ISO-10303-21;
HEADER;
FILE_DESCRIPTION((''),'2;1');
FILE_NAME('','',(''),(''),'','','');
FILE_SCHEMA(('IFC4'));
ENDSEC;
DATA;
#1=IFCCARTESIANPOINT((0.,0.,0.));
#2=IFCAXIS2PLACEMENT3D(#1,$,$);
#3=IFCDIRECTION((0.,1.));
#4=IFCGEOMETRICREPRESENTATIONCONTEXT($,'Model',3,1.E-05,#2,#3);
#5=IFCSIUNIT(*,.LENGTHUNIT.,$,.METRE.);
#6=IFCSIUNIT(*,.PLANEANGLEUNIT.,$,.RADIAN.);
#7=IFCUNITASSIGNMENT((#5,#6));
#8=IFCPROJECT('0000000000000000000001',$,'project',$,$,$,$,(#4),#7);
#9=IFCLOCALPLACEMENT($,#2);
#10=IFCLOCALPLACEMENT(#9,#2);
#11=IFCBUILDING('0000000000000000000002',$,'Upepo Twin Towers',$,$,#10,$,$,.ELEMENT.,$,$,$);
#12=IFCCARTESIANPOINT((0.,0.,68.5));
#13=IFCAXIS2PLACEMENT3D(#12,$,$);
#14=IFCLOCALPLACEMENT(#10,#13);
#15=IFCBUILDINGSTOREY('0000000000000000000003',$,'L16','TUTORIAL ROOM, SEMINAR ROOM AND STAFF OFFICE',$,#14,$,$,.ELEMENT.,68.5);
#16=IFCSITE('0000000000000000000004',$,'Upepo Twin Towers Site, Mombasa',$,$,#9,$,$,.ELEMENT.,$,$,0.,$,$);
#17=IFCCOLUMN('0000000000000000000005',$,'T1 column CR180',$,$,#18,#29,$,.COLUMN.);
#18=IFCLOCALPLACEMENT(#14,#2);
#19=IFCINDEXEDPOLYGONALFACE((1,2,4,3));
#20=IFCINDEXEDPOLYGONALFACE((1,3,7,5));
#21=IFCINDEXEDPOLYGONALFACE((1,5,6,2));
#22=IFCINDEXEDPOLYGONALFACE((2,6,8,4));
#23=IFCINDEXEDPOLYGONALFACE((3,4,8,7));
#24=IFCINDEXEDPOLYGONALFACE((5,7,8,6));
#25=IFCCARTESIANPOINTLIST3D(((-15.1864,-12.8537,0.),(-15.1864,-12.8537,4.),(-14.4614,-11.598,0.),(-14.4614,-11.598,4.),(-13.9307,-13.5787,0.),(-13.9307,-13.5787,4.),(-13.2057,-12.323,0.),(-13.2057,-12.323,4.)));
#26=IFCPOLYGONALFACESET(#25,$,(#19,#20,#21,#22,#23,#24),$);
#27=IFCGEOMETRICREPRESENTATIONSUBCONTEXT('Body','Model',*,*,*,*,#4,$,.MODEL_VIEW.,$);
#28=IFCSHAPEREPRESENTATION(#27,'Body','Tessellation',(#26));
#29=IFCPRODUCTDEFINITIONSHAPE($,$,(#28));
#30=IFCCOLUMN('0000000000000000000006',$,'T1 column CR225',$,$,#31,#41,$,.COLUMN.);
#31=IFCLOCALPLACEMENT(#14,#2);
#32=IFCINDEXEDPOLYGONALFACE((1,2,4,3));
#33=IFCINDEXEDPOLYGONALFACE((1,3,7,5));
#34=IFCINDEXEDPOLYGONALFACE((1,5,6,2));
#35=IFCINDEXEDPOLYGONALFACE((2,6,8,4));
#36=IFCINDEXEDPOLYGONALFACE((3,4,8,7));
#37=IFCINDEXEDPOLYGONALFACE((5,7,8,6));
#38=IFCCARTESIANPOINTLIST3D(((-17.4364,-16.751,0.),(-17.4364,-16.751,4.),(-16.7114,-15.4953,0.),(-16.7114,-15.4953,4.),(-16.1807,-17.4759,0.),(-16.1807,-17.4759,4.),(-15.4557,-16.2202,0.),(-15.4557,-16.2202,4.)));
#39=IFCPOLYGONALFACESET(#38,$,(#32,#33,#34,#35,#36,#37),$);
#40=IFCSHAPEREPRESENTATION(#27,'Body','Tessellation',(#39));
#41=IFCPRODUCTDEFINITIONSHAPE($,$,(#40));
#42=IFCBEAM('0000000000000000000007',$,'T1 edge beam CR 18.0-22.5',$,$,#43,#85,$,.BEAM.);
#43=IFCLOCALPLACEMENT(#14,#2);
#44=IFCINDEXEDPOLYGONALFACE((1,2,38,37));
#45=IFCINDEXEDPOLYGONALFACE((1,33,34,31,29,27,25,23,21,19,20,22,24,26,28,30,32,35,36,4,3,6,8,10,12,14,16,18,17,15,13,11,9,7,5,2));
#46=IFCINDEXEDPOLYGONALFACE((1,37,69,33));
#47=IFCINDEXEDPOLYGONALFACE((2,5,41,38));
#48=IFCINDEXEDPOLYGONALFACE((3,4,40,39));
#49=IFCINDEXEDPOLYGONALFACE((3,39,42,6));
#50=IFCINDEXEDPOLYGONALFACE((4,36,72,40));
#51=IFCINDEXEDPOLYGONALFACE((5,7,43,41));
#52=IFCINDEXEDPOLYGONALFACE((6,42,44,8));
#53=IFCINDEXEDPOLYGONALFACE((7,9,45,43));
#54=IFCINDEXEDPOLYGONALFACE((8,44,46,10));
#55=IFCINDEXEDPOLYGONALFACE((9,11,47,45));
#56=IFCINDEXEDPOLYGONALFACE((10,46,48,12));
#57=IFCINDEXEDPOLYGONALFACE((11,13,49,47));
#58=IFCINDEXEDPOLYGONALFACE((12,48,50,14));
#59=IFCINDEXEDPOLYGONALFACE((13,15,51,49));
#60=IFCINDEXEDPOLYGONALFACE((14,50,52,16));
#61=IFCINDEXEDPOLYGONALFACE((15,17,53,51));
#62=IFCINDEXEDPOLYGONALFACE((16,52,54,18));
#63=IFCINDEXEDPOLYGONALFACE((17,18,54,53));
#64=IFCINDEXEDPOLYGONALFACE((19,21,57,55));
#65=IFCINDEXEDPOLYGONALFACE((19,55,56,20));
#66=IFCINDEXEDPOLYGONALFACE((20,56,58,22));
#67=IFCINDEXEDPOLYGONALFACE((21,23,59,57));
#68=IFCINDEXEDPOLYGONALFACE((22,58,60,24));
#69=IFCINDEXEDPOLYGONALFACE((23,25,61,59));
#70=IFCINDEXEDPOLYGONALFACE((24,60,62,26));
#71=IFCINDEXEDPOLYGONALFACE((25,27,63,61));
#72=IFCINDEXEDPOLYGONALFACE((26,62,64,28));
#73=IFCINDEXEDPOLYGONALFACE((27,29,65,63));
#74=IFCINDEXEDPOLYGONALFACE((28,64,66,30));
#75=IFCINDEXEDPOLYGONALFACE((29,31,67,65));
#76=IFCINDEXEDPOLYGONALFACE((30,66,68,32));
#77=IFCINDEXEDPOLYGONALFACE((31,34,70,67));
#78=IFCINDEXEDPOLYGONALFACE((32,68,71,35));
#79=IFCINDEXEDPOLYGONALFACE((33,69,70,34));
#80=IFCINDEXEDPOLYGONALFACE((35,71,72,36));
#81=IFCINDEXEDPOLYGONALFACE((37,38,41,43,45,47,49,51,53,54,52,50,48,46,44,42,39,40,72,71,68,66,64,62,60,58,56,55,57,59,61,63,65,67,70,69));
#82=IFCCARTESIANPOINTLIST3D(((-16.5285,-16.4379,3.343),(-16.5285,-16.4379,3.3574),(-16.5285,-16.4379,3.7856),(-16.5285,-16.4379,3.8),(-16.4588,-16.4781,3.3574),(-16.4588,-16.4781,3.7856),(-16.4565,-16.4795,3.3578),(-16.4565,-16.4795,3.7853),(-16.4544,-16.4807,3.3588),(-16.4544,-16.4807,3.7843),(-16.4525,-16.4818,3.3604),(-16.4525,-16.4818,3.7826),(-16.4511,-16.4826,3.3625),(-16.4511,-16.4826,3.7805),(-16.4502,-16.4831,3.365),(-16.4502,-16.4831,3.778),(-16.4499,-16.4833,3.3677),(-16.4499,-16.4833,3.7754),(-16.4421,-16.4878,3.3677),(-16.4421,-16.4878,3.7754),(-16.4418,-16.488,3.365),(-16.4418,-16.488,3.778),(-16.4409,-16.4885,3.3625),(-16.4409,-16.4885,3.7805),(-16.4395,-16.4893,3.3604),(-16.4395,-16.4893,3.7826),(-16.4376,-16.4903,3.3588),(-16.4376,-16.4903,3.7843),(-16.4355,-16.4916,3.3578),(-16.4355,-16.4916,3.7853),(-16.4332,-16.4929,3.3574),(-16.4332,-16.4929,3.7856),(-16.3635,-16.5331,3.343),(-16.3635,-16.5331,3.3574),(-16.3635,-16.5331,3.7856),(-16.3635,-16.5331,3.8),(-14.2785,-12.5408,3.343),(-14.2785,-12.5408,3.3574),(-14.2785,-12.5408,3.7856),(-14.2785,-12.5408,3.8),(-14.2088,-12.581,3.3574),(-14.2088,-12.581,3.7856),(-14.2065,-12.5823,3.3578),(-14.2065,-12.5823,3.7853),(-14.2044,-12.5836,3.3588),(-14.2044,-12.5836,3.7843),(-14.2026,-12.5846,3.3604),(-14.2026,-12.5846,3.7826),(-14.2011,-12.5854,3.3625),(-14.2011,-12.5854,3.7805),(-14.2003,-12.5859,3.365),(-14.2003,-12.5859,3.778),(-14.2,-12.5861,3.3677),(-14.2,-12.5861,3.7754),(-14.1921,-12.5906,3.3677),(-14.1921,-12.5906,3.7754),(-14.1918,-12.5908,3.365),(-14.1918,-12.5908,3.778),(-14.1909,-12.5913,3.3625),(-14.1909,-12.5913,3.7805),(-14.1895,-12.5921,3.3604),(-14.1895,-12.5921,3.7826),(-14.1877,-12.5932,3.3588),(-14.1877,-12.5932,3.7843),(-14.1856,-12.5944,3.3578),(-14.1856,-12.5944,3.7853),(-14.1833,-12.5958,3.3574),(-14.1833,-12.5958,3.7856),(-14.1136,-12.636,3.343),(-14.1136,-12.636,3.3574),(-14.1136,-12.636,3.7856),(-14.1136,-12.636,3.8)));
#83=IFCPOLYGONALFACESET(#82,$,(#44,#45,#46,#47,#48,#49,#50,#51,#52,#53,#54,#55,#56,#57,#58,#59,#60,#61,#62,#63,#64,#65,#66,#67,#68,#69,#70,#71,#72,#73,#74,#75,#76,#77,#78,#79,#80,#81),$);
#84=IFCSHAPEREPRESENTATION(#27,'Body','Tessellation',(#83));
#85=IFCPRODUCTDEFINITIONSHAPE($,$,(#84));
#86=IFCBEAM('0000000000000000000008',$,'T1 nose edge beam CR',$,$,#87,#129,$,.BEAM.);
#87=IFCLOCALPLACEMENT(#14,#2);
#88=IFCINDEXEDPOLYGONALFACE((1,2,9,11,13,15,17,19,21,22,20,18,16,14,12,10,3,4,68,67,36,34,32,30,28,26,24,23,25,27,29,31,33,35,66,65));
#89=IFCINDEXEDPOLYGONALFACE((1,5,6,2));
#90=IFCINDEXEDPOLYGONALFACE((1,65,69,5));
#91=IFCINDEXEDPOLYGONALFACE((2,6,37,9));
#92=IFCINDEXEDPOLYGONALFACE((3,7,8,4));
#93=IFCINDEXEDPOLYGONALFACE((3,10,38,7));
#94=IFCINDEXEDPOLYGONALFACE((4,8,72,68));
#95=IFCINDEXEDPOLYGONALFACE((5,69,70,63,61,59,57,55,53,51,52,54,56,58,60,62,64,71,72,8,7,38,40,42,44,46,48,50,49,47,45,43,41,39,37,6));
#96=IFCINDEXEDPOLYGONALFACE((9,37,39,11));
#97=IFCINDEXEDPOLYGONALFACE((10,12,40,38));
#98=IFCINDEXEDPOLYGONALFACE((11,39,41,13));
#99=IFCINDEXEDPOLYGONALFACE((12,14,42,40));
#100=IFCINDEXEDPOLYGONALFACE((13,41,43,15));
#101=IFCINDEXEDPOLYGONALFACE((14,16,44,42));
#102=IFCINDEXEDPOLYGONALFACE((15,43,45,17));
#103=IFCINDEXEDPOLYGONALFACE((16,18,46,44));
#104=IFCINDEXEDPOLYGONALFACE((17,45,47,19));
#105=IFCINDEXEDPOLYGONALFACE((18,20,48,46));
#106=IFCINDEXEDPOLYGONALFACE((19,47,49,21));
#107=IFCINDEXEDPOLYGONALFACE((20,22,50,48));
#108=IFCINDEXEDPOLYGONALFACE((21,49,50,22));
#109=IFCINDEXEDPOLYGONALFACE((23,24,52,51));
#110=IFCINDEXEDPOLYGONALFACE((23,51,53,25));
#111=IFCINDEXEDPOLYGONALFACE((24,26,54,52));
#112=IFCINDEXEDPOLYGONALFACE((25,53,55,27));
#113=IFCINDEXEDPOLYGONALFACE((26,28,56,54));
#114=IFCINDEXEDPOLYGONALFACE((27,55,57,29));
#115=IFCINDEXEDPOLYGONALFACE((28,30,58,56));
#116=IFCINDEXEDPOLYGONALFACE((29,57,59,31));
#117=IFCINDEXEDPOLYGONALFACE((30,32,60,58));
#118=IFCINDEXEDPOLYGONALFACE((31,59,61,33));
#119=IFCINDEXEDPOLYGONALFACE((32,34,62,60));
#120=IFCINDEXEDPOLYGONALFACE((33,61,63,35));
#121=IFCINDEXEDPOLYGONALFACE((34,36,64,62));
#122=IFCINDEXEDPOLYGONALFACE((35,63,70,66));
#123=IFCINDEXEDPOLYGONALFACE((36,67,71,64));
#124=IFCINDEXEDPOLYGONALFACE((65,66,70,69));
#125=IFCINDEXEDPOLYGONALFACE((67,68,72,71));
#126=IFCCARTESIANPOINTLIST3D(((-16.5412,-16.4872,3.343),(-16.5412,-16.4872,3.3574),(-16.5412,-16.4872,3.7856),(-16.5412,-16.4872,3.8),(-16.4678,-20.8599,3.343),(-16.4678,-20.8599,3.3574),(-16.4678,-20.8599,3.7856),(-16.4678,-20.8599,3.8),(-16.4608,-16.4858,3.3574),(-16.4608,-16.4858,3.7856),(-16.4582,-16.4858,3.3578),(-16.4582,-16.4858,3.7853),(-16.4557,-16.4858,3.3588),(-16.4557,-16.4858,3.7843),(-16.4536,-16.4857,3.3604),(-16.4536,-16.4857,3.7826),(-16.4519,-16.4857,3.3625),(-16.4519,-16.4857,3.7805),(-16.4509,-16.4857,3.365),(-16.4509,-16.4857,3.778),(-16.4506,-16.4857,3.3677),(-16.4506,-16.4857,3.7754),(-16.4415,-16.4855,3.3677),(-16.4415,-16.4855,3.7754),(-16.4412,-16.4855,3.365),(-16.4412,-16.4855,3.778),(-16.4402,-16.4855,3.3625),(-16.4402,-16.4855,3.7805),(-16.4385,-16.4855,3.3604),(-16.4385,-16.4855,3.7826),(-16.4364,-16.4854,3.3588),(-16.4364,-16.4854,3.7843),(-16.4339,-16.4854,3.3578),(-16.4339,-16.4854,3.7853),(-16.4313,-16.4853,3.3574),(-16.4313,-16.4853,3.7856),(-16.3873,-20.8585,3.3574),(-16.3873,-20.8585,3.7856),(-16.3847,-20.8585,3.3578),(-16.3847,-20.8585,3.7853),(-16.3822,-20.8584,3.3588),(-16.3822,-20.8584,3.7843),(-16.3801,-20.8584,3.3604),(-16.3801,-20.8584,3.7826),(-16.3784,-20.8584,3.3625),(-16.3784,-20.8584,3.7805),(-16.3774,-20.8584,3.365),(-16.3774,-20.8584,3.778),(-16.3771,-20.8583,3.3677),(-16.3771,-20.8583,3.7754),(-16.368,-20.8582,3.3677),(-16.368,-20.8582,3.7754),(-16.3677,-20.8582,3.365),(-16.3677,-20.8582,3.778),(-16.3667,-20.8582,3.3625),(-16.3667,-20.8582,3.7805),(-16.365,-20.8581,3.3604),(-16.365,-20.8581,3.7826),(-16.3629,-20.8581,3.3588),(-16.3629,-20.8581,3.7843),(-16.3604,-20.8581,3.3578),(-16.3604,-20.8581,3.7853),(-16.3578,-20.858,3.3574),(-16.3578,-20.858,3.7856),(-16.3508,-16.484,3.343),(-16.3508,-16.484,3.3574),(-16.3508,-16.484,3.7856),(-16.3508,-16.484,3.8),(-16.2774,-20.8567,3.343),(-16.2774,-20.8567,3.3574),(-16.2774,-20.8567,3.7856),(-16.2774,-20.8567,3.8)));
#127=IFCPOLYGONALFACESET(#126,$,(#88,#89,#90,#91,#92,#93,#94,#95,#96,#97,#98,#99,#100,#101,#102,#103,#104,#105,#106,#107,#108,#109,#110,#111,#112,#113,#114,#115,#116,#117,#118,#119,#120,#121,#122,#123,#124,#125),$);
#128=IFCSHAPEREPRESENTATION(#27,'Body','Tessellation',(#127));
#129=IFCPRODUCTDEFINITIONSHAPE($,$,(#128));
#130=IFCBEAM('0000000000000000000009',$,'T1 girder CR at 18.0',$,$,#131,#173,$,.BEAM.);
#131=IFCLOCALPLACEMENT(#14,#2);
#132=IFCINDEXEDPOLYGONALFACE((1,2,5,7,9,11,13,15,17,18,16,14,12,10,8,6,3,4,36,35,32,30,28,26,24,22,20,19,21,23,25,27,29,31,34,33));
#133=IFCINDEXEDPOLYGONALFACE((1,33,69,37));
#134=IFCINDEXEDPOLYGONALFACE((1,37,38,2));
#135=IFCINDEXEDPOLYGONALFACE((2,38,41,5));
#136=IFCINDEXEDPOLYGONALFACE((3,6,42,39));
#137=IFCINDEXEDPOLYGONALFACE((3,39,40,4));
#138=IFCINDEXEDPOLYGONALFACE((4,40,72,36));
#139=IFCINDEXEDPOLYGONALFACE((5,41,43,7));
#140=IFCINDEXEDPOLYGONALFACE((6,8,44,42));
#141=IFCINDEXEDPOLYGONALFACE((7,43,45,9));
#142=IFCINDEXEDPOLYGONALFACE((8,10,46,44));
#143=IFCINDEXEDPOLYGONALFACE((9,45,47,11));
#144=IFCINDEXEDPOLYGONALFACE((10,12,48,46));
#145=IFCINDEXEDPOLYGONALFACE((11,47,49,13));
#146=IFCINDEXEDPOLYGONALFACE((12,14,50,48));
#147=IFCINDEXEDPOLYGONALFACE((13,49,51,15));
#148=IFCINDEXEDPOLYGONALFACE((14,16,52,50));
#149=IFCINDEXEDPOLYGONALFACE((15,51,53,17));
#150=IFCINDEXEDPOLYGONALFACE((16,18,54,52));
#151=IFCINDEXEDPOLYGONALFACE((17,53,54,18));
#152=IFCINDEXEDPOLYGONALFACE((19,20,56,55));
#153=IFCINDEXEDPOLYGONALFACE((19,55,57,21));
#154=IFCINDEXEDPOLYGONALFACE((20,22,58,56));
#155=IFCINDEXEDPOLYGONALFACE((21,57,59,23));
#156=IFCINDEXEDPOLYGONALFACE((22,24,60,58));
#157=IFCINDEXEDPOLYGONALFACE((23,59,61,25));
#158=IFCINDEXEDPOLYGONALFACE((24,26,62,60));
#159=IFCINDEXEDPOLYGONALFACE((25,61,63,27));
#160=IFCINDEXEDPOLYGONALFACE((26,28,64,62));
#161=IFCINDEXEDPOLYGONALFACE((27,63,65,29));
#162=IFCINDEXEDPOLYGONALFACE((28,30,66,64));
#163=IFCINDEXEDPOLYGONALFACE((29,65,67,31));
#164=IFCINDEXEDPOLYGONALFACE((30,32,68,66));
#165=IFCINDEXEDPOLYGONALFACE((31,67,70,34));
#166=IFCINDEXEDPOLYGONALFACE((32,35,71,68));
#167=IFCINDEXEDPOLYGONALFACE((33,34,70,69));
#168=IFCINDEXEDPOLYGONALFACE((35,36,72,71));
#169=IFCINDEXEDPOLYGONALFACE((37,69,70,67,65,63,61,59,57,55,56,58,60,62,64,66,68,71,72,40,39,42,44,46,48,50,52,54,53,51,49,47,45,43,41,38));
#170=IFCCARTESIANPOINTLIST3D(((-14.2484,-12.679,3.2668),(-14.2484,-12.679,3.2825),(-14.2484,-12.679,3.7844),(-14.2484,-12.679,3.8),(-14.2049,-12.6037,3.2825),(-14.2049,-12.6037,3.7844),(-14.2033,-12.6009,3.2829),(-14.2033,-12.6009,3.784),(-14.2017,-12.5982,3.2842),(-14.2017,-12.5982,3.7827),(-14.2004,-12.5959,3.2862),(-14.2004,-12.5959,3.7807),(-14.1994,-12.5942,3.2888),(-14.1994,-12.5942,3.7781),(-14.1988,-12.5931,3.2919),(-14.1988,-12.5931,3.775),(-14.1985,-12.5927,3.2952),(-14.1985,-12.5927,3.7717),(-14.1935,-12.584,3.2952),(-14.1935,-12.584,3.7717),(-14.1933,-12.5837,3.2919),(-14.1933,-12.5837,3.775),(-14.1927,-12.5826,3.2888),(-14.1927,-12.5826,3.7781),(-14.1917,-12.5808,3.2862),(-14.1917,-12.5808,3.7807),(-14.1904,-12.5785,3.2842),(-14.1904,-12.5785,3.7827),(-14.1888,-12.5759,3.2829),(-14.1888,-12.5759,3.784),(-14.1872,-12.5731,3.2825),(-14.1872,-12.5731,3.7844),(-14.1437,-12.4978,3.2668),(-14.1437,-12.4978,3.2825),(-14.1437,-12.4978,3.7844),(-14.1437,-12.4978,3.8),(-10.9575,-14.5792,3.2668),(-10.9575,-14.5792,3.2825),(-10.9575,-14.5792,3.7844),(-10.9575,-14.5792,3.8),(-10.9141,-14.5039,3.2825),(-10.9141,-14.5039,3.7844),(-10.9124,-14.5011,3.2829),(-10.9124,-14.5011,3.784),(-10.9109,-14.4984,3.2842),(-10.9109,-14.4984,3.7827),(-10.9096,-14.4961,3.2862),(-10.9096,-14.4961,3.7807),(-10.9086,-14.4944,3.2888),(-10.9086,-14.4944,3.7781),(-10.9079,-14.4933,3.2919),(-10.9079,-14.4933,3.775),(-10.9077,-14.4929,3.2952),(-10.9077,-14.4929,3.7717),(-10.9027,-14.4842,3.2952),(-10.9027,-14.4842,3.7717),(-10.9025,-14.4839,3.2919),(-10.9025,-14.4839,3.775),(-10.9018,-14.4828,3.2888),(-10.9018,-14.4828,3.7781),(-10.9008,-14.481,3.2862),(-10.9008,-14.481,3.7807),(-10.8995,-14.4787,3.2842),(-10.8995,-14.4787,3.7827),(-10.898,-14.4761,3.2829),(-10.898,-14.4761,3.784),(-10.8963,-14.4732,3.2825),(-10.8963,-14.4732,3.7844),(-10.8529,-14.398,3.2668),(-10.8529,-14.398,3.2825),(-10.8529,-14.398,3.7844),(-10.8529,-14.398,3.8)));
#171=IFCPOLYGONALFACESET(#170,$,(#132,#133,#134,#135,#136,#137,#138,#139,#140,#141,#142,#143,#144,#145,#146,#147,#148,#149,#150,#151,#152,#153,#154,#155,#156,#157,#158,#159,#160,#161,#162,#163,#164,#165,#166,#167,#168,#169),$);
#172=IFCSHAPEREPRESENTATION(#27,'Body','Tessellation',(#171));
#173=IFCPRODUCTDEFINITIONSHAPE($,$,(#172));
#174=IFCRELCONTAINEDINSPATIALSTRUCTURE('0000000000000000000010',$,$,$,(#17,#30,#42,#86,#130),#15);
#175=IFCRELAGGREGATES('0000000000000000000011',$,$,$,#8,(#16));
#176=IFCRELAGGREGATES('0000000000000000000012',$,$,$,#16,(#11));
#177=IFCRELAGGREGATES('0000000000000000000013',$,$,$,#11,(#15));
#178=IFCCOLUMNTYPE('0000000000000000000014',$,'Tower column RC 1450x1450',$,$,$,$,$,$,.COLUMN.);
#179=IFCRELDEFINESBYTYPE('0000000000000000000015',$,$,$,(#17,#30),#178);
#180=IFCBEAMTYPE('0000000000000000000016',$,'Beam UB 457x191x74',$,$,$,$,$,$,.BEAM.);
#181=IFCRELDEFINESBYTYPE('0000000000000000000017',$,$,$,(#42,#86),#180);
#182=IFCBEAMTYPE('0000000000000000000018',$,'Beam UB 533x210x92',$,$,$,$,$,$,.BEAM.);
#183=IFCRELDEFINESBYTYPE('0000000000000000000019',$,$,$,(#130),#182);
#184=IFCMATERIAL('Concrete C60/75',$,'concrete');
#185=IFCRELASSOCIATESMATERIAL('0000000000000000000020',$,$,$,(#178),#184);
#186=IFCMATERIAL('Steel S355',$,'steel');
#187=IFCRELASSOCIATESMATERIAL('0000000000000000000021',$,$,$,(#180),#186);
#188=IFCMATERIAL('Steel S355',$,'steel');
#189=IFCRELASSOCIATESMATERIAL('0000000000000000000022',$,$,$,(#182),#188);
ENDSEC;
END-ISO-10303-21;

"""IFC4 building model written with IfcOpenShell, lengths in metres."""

from ifc_helpers import new_model, si_unit, direction, frame, origin, origin_2d, place, context, subcontext, project, spatial, rectangle, i_section, extrude, material, material_profile, profile_set, type_object, element, save


model = new_model("IFC4")

# Units and contexts
model_context = context("Model", 3, precision=1e-05, world=origin(), true_north=direction((0.0, 1.0)))
body_context = subcontext(model_context, "Body", "Model", "MODEL_VIEW")
ifc_project = project(units=[si_unit("LENGTHUNIT", "METRE"), si_unit("PLANEANGLEUNIT", "RADIAN")], contexts=[model_context])

# Site, building, storey
site_placement = place(None, origin())
site = spatial("IfcSite", under=ifc_project, at=site_placement, Name="Upepo Twin Towers Site, Mombasa", CompositionType="ELEMENT", RefElevation=0.0)
building_placement = place(site_placement, origin())
building = spatial("IfcBuilding", under=site, at=building_placement, Name="Upepo Twin Towers", CompositionType="ELEMENT")
storey_placement = place(building_placement, frame((0.0, 0.0, 68.5)))
storey = spatial("IfcBuildingStorey", under=building, at=storey_placement, Name="L16", Description="TUTORIAL ROOM, SEMINAR ROOM AND STAFF OFFICE", CompositionType="ELEMENT", Elevation=68.5)

# Columns
ifc_material_1 = material(Name="Concrete C60/75", Category="concrete")
ifc_material_profile_1 = material_profile(ifc_material_1, rectangle(XDim=1.45, YDim=1.45, at=origin_2d()), Name="RC 1450x1450")
ifc_profile_set_1 = profile_set([ifc_material_profile_1], Name="Concrete C60/75")
column_type = type_object("IfcColumnType", Name="Tower column RC 1450x1450", PredefinedType="COLUMN", material=ifc_profile_set_1)
for number, where, z_axis, x_axis, name in (
    (1, (-14.196, -12.5884, 0.0), (0.0, 0.0, 1.0), (0.5, 0.866025, 0.0), "T1 column CR180"),
    (2, (-16.446, -16.4856, 0.0), (0.0, 0.0, 1.0), (0.5, 0.866025, 0.0), "T1 column CR225"),
):
    element("IfcColumn", number, at=place(storey_placement, frame(where, z_axis=z_axis, x_axis=x_axis)), inside=storey, type_object=column_type, Name=name, PredefinedType="COLUMN", context=body_context, shape_type="SweptSolid", body=[
        extrude(rectangle(XDim=1.45, YDim=1.45, at=origin_2d()), origin(), (0.0, 0.0, 1.0), 4.0),
    ])

# Beams
ifc_material_2 = material(Name="Steel S355", Category="steel")
ifc_material_profile_2 = material_profile(ifc_material_2, i_section(OverallWidth=0.1904, OverallDepth=0.457, WebThickness=0.009, FlangeThickness=0.0144, FilletRadius=0.0103, at=origin_2d()), Name="UB 457x191x74")
ifc_profile_set_2 = profile_set([ifc_material_profile_2], Name="Steel S355")
beam_type_1 = type_object("IfcBeamType", Name="Beam UB 457x191x74", PredefinedType="BEAM", material=ifc_profile_set_2)
beam_1_placement = place(storey_placement, frame((-14.196, -12.5884, 3.5715), z_axis=(-0.49999, -0.866031, 0.0), x_axis=(0.866031, -0.49999, 0.0)))
element("IfcBeam", 3, at=beam_1_placement, inside=storey, type_object=beam_type_1, Name="T1 edge beam CR 18.0-22.5", PredefinedType="BEAM", context=body_context, shape_type="SweptSolid", body=[
    extrude(i_section(OverallWidth=0.1904, OverallDepth=0.457, WebThickness=0.009, FlangeThickness=0.0144, FilletRadius=0.0103, at=origin_2d()), origin(), (0.0, 0.0, 1.0), 4.5),
])
beam_2_placement = place(storey_placement, frame((-16.446, -16.4856, 3.5715), z_axis=(0.016804, -0.999859, 0.0), x_axis=(0.999859, 0.016804, 0.0)))
element("IfcBeam", 4, at=beam_2_placement, inside=storey, type_object=beam_type_1, Name="T1 nose edge beam CR", PredefinedType="BEAM", context=body_context, shape_type="SweptSolid", body=[
    extrude(i_section(OverallWidth=0.1904, OverallDepth=0.457, WebThickness=0.009, FlangeThickness=0.0144, FilletRadius=0.0103, at=origin_2d()), origin(), (0.0, 0.0, 1.0), 4.3733),
])
ifc_material_3 = material(Name="Steel S355", Category="steel")
ifc_material_profile_3 = material_profile(ifc_material_3, i_section(OverallWidth=0.2092, OverallDepth=0.5332, WebThickness=0.01, FlangeThickness=0.0156, FilletRadius=0.0127, at=origin_2d()), Name="UB 533x210x92")
ifc_profile_set_3 = profile_set([ifc_material_profile_3], Name="Steel S355")
beam_type_2 = type_object("IfcBeamType", Name="Beam UB 533x210x92", PredefinedType="BEAM", material=ifc_profile_set_3)
beam_3_placement = place(storey_placement, frame((-14.196, -12.5884, 3.5334), z_axis=(0.866, -0.500043, 0.0), x_axis=(0.500043, 0.866, 0.0)))
element("IfcBeam", 5, at=beam_3_placement, inside=storey, type_object=beam_type_2, Name="T1 girder CR at 18.0", PredefinedType="BEAM", context=body_context, shape_type="SweptSolid", body=[
    extrude(i_section(OverallWidth=0.2092, OverallDepth=0.5332, WebThickness=0.01, FlangeThickness=0.0156, FilletRadius=0.0127, at=origin_2d()), origin(), (0.0, 0.0, 1.0), 3.8),
])

save(model, "model.ifc")
